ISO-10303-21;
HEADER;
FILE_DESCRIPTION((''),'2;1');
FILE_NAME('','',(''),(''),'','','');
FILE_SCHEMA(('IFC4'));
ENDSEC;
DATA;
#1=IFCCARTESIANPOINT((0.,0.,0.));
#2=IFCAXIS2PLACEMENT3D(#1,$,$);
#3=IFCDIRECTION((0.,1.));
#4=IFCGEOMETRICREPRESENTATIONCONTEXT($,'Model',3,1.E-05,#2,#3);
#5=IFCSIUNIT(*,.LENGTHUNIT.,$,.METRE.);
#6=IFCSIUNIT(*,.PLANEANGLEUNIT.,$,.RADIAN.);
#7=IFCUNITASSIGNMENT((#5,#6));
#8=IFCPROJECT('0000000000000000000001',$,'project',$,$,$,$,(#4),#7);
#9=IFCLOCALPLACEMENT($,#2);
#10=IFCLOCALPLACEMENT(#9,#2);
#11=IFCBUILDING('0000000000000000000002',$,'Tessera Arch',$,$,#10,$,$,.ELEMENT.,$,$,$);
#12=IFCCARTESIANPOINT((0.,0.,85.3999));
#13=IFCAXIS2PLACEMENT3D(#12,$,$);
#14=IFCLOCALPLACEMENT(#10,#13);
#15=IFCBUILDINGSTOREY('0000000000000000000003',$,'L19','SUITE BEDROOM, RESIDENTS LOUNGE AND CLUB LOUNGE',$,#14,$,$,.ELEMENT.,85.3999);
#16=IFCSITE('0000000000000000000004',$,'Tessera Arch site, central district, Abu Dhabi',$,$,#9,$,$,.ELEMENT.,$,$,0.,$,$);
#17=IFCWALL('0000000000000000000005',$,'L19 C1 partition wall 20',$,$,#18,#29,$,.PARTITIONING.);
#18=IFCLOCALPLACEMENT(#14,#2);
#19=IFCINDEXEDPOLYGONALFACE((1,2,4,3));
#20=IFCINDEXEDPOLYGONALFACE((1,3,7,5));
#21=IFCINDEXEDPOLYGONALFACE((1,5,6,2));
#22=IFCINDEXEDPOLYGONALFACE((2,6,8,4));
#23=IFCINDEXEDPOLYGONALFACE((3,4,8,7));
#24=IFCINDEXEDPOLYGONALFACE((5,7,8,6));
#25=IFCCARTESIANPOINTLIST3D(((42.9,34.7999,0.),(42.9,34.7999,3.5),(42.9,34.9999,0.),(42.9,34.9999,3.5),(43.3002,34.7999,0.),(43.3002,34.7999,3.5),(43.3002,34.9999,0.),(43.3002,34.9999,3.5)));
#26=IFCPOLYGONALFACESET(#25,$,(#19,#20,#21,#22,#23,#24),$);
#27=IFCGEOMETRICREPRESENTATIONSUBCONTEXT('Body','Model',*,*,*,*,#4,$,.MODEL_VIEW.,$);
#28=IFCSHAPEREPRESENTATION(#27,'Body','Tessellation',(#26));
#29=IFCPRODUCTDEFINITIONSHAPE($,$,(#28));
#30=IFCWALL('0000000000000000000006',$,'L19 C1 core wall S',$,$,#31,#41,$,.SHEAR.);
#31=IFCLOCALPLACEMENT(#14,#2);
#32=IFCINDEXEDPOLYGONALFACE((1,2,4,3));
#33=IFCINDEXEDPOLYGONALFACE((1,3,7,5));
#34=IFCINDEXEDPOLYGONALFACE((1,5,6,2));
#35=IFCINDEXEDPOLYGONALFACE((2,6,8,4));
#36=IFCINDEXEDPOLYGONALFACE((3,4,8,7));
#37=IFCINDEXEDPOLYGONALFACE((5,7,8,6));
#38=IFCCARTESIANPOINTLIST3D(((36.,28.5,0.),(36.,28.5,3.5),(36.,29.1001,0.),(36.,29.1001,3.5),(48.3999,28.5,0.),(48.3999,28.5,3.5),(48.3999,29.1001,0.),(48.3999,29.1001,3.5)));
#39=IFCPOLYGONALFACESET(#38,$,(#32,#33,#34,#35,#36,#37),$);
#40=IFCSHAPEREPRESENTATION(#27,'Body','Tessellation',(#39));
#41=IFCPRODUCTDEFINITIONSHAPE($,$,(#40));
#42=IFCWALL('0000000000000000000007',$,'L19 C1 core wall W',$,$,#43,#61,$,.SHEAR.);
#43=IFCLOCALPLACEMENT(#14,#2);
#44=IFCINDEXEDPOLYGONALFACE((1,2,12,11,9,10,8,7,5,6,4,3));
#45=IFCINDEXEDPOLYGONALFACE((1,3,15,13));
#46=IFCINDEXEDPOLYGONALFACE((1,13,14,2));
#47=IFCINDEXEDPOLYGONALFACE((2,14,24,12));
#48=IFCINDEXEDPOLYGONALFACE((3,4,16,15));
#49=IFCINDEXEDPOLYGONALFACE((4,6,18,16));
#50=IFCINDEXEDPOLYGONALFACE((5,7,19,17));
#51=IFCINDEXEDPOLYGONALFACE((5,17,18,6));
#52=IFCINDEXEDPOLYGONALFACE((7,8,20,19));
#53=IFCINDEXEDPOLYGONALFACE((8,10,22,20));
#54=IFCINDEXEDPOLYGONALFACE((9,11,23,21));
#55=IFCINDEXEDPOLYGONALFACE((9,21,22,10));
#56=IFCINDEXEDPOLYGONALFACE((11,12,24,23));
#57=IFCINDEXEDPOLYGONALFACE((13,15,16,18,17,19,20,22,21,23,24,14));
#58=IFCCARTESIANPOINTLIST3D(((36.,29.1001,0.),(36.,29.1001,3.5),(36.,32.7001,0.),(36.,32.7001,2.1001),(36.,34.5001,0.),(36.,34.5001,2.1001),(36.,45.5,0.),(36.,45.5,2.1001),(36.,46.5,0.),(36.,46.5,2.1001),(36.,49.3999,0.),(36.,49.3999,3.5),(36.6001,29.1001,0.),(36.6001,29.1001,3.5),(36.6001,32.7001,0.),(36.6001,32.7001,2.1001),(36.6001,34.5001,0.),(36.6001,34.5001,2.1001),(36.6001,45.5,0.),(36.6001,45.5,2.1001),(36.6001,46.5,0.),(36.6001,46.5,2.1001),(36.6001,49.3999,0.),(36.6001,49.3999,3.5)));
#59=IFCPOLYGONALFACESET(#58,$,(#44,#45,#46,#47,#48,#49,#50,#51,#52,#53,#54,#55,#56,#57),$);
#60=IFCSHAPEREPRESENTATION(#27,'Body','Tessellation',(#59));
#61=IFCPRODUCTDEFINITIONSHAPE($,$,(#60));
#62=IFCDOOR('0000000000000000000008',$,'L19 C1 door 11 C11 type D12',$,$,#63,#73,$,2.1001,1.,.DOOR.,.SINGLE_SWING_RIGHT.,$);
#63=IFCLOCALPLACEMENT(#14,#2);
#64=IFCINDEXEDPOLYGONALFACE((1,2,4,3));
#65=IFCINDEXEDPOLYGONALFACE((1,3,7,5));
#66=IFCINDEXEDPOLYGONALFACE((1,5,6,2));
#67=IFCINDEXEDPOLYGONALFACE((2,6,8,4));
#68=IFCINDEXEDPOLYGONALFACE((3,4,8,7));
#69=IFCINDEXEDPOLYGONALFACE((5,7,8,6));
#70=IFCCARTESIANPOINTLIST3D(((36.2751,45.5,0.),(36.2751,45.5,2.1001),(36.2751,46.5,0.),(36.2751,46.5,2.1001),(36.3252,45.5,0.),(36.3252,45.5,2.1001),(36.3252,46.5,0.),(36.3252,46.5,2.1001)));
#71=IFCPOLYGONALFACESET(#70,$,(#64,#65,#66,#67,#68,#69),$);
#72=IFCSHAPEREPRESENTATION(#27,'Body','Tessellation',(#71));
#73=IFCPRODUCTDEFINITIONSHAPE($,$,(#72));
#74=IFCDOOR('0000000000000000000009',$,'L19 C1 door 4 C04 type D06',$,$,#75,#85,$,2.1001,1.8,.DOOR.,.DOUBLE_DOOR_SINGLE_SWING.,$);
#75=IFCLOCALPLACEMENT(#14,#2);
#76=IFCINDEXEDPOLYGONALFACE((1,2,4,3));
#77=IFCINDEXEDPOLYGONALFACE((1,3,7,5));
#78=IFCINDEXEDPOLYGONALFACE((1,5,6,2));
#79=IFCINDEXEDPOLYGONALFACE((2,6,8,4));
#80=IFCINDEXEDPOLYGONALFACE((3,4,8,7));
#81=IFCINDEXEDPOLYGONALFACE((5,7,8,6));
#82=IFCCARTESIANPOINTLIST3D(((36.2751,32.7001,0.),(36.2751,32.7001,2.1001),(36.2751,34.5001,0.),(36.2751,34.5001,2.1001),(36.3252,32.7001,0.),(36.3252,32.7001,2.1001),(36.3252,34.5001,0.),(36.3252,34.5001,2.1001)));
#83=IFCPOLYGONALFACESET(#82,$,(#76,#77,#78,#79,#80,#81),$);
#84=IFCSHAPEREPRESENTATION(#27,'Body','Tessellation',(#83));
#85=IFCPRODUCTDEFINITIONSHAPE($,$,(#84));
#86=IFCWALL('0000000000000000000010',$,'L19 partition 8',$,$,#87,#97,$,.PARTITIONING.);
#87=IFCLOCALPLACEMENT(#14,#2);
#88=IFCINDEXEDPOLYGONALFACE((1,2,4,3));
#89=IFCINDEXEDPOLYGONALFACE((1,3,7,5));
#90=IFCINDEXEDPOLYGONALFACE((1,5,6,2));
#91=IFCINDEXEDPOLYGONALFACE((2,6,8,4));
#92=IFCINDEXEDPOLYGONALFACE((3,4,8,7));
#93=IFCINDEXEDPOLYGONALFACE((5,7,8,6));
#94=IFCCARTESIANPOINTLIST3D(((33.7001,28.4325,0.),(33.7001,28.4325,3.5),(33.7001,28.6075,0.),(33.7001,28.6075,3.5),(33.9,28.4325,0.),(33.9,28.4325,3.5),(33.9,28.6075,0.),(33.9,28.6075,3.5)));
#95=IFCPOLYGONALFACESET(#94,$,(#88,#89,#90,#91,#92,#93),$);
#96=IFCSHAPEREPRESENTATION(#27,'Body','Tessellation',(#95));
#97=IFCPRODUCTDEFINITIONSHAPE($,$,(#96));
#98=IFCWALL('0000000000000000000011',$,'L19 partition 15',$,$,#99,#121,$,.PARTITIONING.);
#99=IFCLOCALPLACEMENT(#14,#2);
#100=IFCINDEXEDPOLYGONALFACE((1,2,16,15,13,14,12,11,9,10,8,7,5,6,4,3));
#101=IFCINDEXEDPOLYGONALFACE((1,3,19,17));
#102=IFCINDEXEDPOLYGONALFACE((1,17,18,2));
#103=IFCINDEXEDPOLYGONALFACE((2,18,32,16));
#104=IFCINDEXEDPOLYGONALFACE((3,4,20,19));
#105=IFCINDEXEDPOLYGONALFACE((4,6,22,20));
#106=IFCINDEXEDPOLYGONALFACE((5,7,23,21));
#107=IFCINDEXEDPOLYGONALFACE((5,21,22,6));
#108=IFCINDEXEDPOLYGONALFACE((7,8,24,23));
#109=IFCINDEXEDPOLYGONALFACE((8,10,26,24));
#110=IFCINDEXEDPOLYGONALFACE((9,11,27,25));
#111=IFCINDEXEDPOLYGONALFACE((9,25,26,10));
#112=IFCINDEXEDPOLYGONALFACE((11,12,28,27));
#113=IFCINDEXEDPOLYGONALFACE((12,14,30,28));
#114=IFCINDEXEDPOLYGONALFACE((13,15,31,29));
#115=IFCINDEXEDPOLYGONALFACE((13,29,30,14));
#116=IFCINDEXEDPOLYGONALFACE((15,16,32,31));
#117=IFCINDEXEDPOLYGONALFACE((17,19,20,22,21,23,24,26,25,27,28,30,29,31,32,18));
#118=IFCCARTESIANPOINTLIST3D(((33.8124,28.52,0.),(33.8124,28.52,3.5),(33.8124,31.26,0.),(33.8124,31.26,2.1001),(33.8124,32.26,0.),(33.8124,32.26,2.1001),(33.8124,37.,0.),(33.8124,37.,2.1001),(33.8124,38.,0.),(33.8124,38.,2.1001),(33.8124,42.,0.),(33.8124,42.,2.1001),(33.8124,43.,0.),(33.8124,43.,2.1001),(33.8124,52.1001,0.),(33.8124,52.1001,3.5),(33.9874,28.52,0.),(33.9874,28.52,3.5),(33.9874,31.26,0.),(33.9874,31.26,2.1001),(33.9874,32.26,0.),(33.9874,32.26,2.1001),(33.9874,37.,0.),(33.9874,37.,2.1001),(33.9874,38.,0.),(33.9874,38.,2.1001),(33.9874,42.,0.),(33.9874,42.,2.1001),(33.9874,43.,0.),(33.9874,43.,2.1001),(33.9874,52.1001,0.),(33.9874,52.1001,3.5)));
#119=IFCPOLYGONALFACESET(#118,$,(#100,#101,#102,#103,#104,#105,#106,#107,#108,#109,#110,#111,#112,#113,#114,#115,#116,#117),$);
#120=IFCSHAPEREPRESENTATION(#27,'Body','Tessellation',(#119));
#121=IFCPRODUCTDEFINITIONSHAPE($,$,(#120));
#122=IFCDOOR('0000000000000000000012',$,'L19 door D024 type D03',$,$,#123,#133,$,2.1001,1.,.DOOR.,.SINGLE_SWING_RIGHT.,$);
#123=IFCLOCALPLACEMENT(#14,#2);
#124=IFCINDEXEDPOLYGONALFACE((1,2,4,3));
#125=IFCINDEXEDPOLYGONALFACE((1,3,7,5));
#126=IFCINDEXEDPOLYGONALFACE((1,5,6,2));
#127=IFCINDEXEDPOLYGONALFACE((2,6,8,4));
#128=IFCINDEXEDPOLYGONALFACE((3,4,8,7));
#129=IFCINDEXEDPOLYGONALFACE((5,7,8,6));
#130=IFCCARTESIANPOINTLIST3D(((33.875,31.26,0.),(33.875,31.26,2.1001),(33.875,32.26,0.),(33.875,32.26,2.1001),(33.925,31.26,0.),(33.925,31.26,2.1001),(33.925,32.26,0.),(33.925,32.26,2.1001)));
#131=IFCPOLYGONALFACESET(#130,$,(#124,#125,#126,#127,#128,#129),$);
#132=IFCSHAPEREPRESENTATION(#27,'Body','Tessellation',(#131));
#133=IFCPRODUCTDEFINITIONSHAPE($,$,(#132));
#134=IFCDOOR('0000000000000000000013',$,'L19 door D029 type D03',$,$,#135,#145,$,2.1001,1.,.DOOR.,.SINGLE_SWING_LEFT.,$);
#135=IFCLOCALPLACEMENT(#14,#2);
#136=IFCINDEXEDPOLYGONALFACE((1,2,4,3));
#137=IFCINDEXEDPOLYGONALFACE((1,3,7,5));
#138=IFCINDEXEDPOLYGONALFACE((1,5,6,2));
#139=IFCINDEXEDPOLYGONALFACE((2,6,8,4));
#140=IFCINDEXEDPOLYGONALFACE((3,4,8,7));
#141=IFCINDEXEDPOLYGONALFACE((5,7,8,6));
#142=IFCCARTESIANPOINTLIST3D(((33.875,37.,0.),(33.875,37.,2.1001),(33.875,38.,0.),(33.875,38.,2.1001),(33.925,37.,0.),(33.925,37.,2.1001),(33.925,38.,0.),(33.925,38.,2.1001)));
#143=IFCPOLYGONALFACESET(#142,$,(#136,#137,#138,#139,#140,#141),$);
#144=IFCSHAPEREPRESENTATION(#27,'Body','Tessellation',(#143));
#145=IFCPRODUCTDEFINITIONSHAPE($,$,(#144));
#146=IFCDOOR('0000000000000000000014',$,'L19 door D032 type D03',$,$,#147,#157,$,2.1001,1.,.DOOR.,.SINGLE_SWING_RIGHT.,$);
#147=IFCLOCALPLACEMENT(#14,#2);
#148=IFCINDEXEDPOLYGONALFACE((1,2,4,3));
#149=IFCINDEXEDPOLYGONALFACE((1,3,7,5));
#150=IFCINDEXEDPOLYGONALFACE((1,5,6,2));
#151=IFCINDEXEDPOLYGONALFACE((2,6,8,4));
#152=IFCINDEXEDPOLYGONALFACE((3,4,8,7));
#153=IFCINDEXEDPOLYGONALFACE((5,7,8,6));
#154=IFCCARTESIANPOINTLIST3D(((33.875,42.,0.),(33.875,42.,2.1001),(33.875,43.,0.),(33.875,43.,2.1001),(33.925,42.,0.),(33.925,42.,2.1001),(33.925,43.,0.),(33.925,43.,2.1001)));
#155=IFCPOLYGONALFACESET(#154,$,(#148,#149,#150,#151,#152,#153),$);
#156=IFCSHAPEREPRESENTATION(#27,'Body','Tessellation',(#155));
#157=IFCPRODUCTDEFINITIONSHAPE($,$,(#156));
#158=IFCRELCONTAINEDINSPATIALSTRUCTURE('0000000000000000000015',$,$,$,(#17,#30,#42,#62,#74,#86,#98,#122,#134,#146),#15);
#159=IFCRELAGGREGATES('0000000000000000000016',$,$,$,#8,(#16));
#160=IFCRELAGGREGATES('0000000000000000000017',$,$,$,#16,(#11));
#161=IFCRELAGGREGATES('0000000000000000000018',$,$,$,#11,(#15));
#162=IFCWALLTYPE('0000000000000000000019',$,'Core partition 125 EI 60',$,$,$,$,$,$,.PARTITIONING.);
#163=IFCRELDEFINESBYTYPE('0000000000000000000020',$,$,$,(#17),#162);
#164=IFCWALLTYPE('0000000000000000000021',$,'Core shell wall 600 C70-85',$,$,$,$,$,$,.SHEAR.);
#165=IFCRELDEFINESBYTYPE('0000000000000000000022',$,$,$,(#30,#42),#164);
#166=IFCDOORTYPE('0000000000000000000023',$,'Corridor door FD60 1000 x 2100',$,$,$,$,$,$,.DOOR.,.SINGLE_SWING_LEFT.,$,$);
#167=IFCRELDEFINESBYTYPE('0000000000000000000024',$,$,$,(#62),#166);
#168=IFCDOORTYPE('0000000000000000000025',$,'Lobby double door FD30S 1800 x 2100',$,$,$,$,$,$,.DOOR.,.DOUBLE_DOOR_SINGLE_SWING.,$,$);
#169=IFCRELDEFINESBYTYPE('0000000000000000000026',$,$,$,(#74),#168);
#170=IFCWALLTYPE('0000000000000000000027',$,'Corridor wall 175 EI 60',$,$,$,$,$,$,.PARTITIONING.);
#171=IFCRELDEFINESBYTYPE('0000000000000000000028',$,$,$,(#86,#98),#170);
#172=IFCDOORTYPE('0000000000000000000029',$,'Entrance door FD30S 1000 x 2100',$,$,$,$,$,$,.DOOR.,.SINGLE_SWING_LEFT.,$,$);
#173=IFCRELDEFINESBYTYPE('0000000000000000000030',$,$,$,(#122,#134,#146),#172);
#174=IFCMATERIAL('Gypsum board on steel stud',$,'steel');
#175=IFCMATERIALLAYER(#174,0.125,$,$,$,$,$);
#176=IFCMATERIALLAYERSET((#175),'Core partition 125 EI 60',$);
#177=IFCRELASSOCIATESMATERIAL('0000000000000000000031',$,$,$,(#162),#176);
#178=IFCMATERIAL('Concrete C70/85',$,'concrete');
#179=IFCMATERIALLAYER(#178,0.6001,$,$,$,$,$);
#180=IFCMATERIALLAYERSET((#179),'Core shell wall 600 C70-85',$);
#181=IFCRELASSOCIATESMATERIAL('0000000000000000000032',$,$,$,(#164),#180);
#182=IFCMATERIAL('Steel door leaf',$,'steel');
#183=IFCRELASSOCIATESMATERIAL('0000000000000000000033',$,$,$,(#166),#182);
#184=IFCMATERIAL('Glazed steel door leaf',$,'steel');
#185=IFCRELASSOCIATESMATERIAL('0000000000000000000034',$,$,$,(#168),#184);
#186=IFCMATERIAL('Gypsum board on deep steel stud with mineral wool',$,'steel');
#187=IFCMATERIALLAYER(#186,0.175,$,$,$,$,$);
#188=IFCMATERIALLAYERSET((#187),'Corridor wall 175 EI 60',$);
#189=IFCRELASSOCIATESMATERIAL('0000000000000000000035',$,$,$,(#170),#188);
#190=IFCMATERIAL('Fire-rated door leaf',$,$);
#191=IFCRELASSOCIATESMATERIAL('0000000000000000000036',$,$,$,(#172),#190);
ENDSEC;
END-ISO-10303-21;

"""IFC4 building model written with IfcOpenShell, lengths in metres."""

from ifc_helpers import new_model, si_unit, direction, frame, frame_2d, origin, place, context, subcontext, project, spatial, rectangle, extrude, material, layer, layer_set, type_object, element, fill, save


model = new_model("IFC4")

# Units and contexts
model_context = context("Model", 3, precision=1e-05, world=origin(), true_north=direction((0.0, 1.0)))
body_context = subcontext(model_context, "Body", "Model", "MODEL_VIEW")
ifc_project = project(units=[si_unit("LENGTHUNIT", "METRE"), si_unit("PLANEANGLEUNIT", "RADIAN")], contexts=[model_context])

# Site, building, storey
site_placement = place(None, origin())
site = spatial("IfcSite", under=ifc_project, at=site_placement, Name="Tessera Arch site, central district, Abu Dhabi", CompositionType="ELEMENT", RefElevation=0.0)
building_placement = place(site_placement, origin())
building = spatial("IfcBuilding", under=site, at=building_placement, Name="Tessera Arch", CompositionType="ELEMENT")
storey_placement = place(building_placement, frame((0.0, 0.0, 85.3999)))
storey = spatial("IfcBuildingStorey", under=building, at=storey_placement, Name="L19", Description="SUITE BEDROOM, RESIDENTS LOUNGE AND CLUB LOUNGE", CompositionType="ELEMENT", Elevation=85.3999)

# Walls
ifc_material_1 = material(Name="Gypsum board on steel stud", Category="steel")
ifc_layer_1 = layer(ifc_material_1, 0.125)
ifc_layer_set_1 = layer_set([ifc_layer_1], Name="Core partition 125 EI 60")
wall_type_1 = type_object("IfcWallType", Name="Core partition 125 EI 60", PredefinedType="PARTITIONING", material=ifc_layer_set_1)
wall_1_placement = place(storey_placement, frame((42.8999, 34.8999, 0.0), z_axis=(0.0, 0.0, 1.0), x_axis=(1.0, 0.0, 0.0)))
element("IfcWall", 1, at=wall_1_placement, inside=storey, type_object=wall_type_1, Name="L19 C1 partition wall 20", PredefinedType="PARTITIONING", context=body_context, shape_type="SweptSolid", body=[
    extrude(rectangle(XDim=0.4001, YDim=0.2, at=frame_2d((0.2002, 0.0))), origin(), (0.0, 0.0, 1.0), 3.5),
])
ifc_material_2 = material(Name="Concrete C70/85", Category="concrete")
ifc_layer_2 = layer(ifc_material_2, 0.6001)
ifc_layer_set_2 = layer_set([ifc_layer_2], Name="Core shell wall 600 C70-85")
wall_type_2 = type_object("IfcWallType", Name="Core shell wall 600 C70-85", PredefinedType="SHEAR", material=ifc_layer_set_2)
wall_2_placement = place(storey_placement, frame((36.0, 28.8, 0.0), z_axis=(0.0, 0.0, 1.0), x_axis=(1.0, 0.0, 0.0)))
element("IfcWall", 2, at=wall_2_placement, inside=storey, type_object=wall_type_2, Name="L19 C1 core wall S", PredefinedType="SHEAR", context=body_context, shape_type="SweptSolid", body=[
    extrude(rectangle(XDim=12.3999, YDim=0.6001, at=frame_2d((6.2, 0.0))), origin(), (0.0, 0.0, 1.0), 3.5),
])

# Wall, openings, doors
wall_3_placement = place(storey_placement, frame((36.3, 29.1001, 0.0), z_axis=(0.0, 0.0, 1.0), x_axis=(0.0, 1.0, 0.0)))
wall_3 = element("IfcWall", 3, at=wall_3_placement, inside=storey, type_object=wall_type_2, Name="L19 C1 core wall W", PredefinedType="SHEAR", context=body_context, shape_type="SweptSolid", body=[
    extrude(rectangle(XDim=20.2998, YDim=0.6001, at=frame_2d((10.1499, 0.0))), origin(), (0.0, 0.0, 1.0), 3.5),
])
opening_1_placement = place(wall_3_placement, frame((3.6001, 0.0, 0.0)))
opening_1 = element("IfcOpeningElement", 4, at=opening_1_placement, cuts=wall_3, PredefinedType="OPENING", context=body_context, shape_type="SweptSolid", body=[
    extrude(rectangle(XDim=1.8, YDim=2.1001, at=frame_2d((0.8999, 1.05))), frame((0.0, 0.3101, 0.0), z_axis=(0.0, -1.0, 0.0), x_axis=(1.0, 0.0, 0.0)), (0.0, 0.0, 1.0), 0.6201),
])
opening_2_placement = place(wall_3_placement, frame((16.3999, 0.0, 0.0)))
opening_2 = element("IfcOpeningElement", 5, at=opening_2_placement, cuts=wall_3, PredefinedType="OPENING", context=body_context, shape_type="SweptSolid", body=[
    extrude(rectangle(XDim=1.0, YDim=2.1001, at=frame_2d((0.5, 1.05))), frame((0.0, 0.3101, 0.0), z_axis=(0.0, -1.0, 0.0), x_axis=(1.0, 0.0, 0.0)), (0.0, 0.0, 1.0), 0.6201),
])
ifc_material_3 = material(Name="Steel door leaf", Category="steel")
door_type_1 = type_object("IfcDoorType", Name="Corridor door FD60 1000 x 2100", OperationType="SINGLE_SWING_LEFT", PredefinedType="DOOR", material=ifc_material_3)
door_1_placement = place(opening_2_placement, origin())
door_1 = element("IfcDoor", 6, at=door_1_placement, inside=storey, type_object=door_type_1, Name="L19 C1 door 11 C11 type D12", OperationType="SINGLE_SWING_RIGHT", OverallHeight=2.1001, OverallWidth=1.0, PredefinedType="DOOR", context=body_context, shape_type="SweptSolid", body=[
    extrude(rectangle(XDim=1.0, YDim=2.1001, at=frame_2d((0.5, 1.05))), frame((0.0, 0.0249, 0.0), z_axis=(0.0, -1.0, 0.0), x_axis=(1.0, 0.0, 0.0)), (0.0, 0.0, 1.0), 0.05),
])
fill(opening_2, door_1)
ifc_material_4 = material(Name="Glazed steel door leaf", Category="steel")
door_type_2 = type_object("IfcDoorType", Name="Lobby double door FD30S 1800 x 2100", OperationType="DOUBLE_DOOR_SINGLE_SWING", PredefinedType="DOOR", material=ifc_material_4)
door_2_placement = place(opening_1_placement, origin())
door_2 = element("IfcDoor", 7, at=door_2_placement, inside=storey, type_object=door_type_2, Name="L19 C1 door 4 C04 type D06", OperationType="DOUBLE_DOOR_SINGLE_SWING", OverallHeight=2.1001, OverallWidth=1.8, PredefinedType="DOOR", context=body_context, shape_type="SweptSolid", body=[
    extrude(rectangle(XDim=1.8, YDim=2.1001, at=frame_2d((0.8999, 1.05))), frame((0.0, 0.0249, 0.0), z_axis=(0.0, -1.0, 0.0), x_axis=(1.0, 0.0, 0.0)), (0.0, 0.0, 1.0), 0.05),
])
fill(opening_1, door_2)

# Wall
ifc_material_5 = material(Name="Gypsum board on deep steel stud with mineral wool", Category="steel")
ifc_layer_3 = layer(ifc_material_5, 0.175)
ifc_layer_set_3 = layer_set([ifc_layer_3], Name="Corridor wall 175 EI 60")
wall_type_3 = type_object("IfcWallType", Name="Corridor wall 175 EI 60", PredefinedType="PARTITIONING", material=ifc_layer_set_3)
wall_4_placement = place(storey_placement, frame((33.7, 28.52, 0.0), z_axis=(0.0, 0.0, 1.0), x_axis=(1.0, 0.0, 0.0)))
element("IfcWall", 8, at=wall_4_placement, inside=storey, type_object=wall_type_3, Name="L19 partition 8", PredefinedType="PARTITIONING", context=body_context, shape_type="SweptSolid", body=[
    extrude(rectangle(XDim=0.2, YDim=0.175, at=frame_2d((0.1001, 0.0))), origin(), (0.0, 0.0, 1.0), 3.5),
])

# Wall, openings, doors
wall_5_placement = place(storey_placement, frame((33.8999, 28.52, 0.0), z_axis=(0.0, 0.0, 1.0), x_axis=(0.0, 1.0, 0.0)))
wall_5 = element("IfcWall", 9, at=wall_5_placement, inside=storey, type_object=wall_type_3, Name="L19 partition 15", PredefinedType="PARTITIONING", context=body_context, shape_type="SweptSolid", body=[
    extrude(rectangle(XDim=23.5801, YDim=0.175, at=frame_2d((11.79, 0.0))), origin(), (0.0, 0.0, 1.0), 3.5),
])
opening_3_placement = place(wall_5_placement, frame((2.74, 0.0, 0.0)))
opening_3 = element("IfcOpeningElement", 10, at=opening_3_placement, cuts=wall_5, PredefinedType="OPENING", context=body_context, shape_type="SweptSolid", body=[
    extrude(rectangle(XDim=1.0, YDim=2.1001, at=frame_2d((0.5, 1.05))), frame((0.0, 0.0974, 0.0), z_axis=(0.0, -1.0, 0.0), x_axis=(1.0, 0.0, 0.0)), (0.0, 0.0, 1.0), 0.1951),
])
opening_4_placement = place(wall_5_placement, frame((8.48, 0.0, 0.0)))
opening_4 = element("IfcOpeningElement", 11, at=opening_4_placement, cuts=wall_5, PredefinedType="OPENING", context=body_context, shape_type="SweptSolid", body=[
    extrude(rectangle(XDim=1.0, YDim=2.1001, at=frame_2d((0.5, 1.05))), frame((0.0, 0.0974, 0.0), z_axis=(0.0, -1.0, 0.0), x_axis=(1.0, 0.0, 0.0)), (0.0, 0.0, 1.0), 0.1951),
])
opening_5_placement = place(wall_5_placement, frame((13.48, 0.0, 0.0)))
opening_5 = element("IfcOpeningElement", 12, at=opening_5_placement, cuts=wall_5, PredefinedType="OPENING", context=body_context, shape_type="SweptSolid", body=[
    extrude(rectangle(XDim=1.0, YDim=2.1001, at=frame_2d((0.5, 1.05))), frame((0.0, 0.0974, 0.0), z_axis=(0.0, -1.0, 0.0), x_axis=(1.0, 0.0, 0.0)), (0.0, 0.0, 1.0), 0.1951),
])
ifc_material_6 = material(Name="Fire-rated door leaf")
door_type_3 = type_object("IfcDoorType", Name="Entrance door FD30S 1000 x 2100", OperationType="SINGLE_SWING_LEFT", PredefinedType="DOOR", material=ifc_material_6)
door_3_placement = place(opening_3_placement, origin())
door_3 = element("IfcDoor", 13, at=door_3_placement, inside=storey, type_object=door_type_3, Name="L19 door D024 type D03", OperationType="SINGLE_SWING_RIGHT", OverallHeight=2.1001, OverallWidth=1.0, PredefinedType="DOOR", context=body_context, shape_type="SweptSolid", body=[
    extrude(rectangle(XDim=1.0, YDim=2.1001, at=frame_2d((0.5, 1.05))), frame((0.0, 0.0249, 0.0), z_axis=(0.0, -1.0, 0.0), x_axis=(1.0, 0.0, 0.0)), (0.0, 0.0, 1.0), 0.05),
])
fill(opening_3, door_3)
door_4_placement = place(opening_4_placement, origin())
door_4 = element("IfcDoor", 14, at=door_4_placement, inside=storey, type_object=door_type_3, Name="L19 door D029 type D03", OperationType="SINGLE_SWING_LEFT", OverallHeight=2.1001, OverallWidth=1.0, PredefinedType="DOOR", context=body_context, shape_type="SweptSolid", body=[
    extrude(rectangle(XDim=1.0, YDim=2.1001, at=frame_2d((0.5, 1.05))), frame((0.0, 0.0249, 0.0), z_axis=(0.0, -1.0, 0.0), x_axis=(1.0, 0.0, 0.0)), (0.0, 0.0, 1.0), 0.05),
])
fill(opening_4, door_4)
door_5_placement = place(opening_5_placement, origin())
door_5 = element("IfcDoor", 15, at=door_5_placement, inside=storey, type_object=door_type_3, Name="L19 door D032 type D03", OperationType="SINGLE_SWING_RIGHT", OverallHeight=2.1001, OverallWidth=1.0, PredefinedType="DOOR", context=body_context, shape_type="SweptSolid", body=[
    extrude(rectangle(XDim=1.0, YDim=2.1001, at=frame_2d((0.5, 1.05))), frame((0.0, 0.0249, 0.0), z_axis=(0.0, -1.0, 0.0), x_axis=(1.0, 0.0, 0.0)), (0.0, 0.0, 1.0), 0.05),
])
fill(opening_5, door_5)

save(model, "model.ifc")
